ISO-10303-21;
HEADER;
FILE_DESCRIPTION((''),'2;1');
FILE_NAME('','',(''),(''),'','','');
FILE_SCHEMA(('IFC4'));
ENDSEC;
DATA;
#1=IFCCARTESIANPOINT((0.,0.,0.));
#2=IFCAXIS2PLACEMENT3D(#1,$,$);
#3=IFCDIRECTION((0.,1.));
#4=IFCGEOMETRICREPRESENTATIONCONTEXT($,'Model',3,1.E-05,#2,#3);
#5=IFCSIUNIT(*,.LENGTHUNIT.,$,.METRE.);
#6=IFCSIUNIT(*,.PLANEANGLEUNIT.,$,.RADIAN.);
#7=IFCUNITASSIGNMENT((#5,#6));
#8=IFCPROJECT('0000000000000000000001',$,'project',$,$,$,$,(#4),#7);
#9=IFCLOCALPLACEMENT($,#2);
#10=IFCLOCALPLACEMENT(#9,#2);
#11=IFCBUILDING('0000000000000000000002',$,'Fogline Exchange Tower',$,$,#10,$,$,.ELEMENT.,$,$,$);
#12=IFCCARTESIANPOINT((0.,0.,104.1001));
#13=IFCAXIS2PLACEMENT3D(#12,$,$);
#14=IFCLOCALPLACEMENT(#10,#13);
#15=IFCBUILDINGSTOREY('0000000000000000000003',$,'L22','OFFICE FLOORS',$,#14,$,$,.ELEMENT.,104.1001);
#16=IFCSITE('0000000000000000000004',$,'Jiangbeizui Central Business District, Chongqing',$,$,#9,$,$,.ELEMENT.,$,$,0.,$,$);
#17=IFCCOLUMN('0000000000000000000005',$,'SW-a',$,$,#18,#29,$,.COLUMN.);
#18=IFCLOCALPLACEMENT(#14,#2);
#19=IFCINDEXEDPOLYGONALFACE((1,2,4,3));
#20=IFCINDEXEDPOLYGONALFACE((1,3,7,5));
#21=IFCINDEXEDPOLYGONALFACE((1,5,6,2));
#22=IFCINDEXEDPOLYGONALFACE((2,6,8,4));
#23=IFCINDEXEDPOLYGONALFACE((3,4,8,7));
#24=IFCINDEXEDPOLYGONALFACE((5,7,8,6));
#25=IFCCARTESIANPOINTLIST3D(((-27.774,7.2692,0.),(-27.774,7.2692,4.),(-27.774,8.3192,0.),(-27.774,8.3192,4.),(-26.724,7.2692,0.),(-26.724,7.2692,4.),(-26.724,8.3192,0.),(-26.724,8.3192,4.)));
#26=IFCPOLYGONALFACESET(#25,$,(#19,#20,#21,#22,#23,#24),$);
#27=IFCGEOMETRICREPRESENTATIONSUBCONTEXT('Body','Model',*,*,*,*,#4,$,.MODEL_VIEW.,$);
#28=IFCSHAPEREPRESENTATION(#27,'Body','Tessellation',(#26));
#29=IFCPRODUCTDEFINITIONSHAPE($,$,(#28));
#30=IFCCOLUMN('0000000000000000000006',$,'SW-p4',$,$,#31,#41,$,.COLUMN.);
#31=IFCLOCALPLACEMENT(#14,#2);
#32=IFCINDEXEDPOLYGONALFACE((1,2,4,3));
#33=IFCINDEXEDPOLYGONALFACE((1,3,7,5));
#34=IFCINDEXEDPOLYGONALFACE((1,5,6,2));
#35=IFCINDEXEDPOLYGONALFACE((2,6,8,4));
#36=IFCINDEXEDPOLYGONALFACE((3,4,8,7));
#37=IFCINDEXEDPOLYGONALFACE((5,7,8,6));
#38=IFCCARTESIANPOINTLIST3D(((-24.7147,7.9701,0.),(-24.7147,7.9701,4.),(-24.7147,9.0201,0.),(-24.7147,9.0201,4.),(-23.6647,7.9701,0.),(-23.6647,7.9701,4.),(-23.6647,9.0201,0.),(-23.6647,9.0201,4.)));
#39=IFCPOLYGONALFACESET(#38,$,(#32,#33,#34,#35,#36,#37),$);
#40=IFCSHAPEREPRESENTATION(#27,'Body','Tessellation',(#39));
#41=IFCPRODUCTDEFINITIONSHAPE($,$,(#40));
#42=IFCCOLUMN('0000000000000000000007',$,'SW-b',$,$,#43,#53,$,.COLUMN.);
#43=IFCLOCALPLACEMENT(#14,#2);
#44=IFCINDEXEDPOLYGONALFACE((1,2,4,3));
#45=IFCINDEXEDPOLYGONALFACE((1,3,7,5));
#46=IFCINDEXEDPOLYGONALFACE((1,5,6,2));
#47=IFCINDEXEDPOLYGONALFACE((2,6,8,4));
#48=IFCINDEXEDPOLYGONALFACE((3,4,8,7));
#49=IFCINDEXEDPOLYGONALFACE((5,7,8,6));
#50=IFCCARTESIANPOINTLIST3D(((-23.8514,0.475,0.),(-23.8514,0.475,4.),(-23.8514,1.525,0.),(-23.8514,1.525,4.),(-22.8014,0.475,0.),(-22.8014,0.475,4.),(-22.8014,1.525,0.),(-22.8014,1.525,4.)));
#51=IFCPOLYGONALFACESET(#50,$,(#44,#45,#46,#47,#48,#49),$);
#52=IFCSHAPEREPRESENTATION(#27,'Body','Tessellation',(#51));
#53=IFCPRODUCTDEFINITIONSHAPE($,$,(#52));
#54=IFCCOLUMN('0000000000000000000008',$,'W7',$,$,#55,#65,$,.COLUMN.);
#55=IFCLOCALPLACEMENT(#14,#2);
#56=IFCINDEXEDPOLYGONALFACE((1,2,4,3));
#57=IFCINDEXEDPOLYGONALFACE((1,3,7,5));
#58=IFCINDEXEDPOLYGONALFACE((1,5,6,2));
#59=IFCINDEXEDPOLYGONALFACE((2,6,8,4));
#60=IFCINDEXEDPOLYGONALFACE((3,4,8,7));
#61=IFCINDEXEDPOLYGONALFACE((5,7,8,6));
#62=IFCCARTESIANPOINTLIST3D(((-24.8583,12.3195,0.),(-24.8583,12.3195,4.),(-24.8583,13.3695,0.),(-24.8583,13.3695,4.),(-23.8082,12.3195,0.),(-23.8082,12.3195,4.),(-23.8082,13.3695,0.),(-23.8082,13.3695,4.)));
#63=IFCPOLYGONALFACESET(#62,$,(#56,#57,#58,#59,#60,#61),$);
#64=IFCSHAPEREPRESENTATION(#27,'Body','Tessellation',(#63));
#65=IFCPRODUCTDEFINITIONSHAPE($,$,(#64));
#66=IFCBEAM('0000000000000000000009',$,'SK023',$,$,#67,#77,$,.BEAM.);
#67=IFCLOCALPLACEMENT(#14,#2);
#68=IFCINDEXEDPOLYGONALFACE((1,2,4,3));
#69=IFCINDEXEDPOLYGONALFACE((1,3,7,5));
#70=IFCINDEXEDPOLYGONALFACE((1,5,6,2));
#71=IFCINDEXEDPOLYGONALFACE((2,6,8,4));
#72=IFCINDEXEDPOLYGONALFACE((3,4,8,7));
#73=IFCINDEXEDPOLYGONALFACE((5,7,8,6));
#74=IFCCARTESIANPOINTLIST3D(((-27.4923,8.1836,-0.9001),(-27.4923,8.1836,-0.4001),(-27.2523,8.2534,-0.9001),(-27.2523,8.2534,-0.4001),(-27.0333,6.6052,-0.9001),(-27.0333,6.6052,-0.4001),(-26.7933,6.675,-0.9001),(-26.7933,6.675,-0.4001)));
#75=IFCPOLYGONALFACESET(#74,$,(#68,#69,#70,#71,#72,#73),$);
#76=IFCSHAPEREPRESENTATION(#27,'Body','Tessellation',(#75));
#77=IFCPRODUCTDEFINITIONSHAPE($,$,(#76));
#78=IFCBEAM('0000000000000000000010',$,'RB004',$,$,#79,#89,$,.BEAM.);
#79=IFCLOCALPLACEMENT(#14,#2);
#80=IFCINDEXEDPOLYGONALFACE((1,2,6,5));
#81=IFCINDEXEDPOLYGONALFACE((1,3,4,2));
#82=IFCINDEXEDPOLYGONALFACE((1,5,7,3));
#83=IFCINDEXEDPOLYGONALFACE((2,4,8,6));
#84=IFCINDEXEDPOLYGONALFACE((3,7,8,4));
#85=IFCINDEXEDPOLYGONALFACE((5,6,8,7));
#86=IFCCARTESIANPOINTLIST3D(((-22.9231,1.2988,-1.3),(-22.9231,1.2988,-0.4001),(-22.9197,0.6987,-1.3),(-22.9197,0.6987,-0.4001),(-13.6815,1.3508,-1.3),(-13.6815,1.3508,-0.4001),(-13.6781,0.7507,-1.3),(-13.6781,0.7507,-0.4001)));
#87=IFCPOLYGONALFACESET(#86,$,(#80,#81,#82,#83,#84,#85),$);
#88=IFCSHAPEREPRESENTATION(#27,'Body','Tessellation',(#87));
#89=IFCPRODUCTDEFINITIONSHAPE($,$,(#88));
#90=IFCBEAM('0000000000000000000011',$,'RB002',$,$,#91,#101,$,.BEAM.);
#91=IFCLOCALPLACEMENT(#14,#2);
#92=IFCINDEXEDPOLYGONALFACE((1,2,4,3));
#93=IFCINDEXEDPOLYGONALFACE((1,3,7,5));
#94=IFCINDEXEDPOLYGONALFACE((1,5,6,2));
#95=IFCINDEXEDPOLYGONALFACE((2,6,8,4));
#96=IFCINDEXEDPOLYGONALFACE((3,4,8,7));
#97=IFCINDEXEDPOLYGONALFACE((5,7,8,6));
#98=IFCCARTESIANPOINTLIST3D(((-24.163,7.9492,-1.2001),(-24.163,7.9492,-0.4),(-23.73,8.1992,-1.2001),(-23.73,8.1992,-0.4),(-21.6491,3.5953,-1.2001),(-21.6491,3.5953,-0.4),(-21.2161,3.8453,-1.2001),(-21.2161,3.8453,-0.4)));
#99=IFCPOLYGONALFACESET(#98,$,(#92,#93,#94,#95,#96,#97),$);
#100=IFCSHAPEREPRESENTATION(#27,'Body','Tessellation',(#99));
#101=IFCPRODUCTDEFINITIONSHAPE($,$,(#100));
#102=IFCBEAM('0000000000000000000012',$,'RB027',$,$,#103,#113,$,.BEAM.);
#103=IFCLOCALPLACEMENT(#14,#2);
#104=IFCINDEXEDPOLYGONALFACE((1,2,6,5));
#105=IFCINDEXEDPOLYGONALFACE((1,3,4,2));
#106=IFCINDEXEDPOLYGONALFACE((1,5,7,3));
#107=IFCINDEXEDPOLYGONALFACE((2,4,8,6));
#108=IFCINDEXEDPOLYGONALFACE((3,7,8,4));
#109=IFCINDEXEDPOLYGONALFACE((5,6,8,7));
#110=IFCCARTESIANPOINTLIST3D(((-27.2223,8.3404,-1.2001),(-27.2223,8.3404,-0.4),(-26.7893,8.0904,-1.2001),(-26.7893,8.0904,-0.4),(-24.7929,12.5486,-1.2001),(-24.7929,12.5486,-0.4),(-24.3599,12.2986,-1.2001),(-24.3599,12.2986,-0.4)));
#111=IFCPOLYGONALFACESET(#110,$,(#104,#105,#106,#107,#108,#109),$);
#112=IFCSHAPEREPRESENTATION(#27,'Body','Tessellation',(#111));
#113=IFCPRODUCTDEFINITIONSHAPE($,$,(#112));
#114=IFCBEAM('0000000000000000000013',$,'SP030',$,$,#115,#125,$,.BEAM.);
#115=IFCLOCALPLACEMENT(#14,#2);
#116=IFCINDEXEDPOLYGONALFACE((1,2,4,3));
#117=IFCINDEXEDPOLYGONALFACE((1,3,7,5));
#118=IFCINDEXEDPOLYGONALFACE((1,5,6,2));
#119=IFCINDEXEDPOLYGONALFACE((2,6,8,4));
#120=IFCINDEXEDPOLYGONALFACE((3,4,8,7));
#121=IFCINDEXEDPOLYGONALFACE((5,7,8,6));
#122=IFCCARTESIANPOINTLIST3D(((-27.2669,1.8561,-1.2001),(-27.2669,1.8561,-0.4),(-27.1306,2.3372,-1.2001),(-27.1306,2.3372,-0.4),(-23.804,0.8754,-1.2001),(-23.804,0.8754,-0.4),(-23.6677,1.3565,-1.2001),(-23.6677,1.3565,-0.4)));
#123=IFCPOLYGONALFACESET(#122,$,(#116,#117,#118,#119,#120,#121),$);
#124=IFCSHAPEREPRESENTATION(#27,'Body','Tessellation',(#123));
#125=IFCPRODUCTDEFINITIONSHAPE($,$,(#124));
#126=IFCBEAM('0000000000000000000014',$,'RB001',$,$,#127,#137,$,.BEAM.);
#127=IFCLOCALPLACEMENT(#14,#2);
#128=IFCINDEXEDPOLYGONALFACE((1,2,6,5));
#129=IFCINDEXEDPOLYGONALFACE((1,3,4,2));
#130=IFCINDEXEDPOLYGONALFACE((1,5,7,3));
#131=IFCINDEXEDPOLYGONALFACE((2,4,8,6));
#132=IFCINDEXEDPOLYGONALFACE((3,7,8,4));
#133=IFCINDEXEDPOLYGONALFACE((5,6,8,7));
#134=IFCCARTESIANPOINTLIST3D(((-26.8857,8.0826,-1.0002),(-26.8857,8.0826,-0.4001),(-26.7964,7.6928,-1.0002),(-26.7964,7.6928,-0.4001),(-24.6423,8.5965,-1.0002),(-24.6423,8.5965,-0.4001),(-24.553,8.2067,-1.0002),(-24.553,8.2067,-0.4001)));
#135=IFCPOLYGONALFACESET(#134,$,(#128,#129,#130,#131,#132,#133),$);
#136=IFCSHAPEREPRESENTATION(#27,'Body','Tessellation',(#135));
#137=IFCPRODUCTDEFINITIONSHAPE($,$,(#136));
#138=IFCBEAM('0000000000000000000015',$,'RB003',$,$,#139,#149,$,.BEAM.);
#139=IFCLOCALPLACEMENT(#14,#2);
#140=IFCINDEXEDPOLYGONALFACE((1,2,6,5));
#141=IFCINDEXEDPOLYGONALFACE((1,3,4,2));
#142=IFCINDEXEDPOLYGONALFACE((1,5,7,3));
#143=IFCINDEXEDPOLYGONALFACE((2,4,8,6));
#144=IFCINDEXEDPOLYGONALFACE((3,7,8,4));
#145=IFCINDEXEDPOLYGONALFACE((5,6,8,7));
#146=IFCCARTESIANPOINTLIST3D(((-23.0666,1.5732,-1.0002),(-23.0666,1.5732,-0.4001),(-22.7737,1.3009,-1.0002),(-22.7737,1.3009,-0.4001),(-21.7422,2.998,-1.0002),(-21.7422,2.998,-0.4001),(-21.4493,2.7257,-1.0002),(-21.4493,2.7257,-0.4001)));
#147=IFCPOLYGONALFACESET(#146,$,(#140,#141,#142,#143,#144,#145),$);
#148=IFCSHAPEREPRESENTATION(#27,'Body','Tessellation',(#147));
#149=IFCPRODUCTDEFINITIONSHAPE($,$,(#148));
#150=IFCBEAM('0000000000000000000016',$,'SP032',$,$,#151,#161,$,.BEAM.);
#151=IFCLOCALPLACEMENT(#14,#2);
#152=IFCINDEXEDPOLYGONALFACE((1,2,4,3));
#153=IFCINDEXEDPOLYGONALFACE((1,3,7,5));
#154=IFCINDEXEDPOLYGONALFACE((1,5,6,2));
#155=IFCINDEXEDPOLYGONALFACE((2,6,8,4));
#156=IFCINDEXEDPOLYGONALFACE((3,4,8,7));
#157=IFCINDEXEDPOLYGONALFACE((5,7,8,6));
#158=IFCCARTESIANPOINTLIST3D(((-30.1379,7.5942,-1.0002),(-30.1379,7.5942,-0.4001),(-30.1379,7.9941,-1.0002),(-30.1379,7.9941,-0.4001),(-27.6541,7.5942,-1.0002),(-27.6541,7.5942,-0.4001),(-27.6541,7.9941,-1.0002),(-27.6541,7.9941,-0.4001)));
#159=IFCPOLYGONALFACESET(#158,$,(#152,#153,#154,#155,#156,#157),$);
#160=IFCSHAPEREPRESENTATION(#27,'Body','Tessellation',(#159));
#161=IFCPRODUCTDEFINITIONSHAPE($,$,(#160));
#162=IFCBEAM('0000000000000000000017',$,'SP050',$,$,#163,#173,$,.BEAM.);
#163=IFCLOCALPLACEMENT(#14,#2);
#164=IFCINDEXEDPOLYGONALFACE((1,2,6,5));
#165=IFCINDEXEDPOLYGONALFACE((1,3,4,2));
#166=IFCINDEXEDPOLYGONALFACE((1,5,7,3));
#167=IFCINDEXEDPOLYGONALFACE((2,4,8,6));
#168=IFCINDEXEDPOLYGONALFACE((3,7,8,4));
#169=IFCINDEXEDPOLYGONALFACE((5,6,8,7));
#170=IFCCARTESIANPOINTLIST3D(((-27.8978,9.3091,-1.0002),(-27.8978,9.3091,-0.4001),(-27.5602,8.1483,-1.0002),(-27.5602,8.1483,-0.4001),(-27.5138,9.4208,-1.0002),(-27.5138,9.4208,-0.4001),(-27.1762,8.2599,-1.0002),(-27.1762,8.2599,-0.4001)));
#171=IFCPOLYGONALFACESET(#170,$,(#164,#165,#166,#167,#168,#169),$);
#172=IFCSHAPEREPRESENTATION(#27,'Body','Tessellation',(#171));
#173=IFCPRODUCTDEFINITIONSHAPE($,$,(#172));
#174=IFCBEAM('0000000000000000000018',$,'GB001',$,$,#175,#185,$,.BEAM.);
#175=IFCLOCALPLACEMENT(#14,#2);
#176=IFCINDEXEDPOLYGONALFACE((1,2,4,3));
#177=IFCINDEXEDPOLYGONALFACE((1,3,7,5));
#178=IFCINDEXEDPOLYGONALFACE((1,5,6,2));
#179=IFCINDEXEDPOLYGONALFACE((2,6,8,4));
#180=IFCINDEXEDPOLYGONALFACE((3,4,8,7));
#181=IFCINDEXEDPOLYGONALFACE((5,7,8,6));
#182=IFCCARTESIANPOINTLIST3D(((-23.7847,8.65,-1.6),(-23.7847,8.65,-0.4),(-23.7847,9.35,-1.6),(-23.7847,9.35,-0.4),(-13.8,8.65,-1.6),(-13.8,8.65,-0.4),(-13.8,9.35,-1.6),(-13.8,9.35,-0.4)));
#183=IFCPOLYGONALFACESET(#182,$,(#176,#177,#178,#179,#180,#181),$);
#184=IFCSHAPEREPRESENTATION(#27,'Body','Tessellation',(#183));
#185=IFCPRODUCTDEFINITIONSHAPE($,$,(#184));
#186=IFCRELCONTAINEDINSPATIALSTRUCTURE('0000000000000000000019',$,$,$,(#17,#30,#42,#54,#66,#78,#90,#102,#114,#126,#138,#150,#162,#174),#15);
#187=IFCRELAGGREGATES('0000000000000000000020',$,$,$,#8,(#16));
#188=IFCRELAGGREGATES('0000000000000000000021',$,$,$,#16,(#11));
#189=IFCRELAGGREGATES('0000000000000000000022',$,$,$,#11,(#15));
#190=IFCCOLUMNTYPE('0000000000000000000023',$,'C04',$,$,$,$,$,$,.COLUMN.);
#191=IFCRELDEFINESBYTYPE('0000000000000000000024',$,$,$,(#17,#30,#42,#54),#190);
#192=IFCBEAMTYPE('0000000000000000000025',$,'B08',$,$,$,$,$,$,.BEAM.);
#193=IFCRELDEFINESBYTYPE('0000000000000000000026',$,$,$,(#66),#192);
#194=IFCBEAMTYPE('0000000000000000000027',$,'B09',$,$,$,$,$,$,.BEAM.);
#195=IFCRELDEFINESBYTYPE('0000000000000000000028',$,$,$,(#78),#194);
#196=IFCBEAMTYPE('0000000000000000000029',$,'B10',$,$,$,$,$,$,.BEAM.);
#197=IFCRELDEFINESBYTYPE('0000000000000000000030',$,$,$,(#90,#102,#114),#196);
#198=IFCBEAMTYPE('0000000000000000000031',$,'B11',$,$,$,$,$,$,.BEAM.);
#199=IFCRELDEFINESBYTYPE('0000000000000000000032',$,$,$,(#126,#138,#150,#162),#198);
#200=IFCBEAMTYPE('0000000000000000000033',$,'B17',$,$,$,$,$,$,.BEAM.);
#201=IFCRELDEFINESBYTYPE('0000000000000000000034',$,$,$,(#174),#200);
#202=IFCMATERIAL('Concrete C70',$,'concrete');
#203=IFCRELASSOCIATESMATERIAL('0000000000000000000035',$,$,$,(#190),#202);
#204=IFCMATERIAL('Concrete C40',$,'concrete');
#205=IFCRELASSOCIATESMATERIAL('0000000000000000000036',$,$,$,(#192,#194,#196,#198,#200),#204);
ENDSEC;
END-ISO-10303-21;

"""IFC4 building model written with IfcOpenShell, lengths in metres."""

from ifc_helpers import new_model, si_unit, direction, frame, origin, origin_2d, place, context, subcontext, project, spatial, rectangle, extrude, material, material_profile, profile_set, type_object, element, save


model = new_model("IFC4")

# Units and contexts
model_context = context("Model", 3, precision=1e-05, world=origin(), true_north=direction((0.0, 1.0)))
body_context = subcontext(model_context, "Body", "Model", "MODEL_VIEW")
ifc_project = project(units=[si_unit("LENGTHUNIT", "METRE"), si_unit("PLANEANGLEUNIT", "RADIAN")], contexts=[model_context])

# Site, building, storey
site_placement = place(None, origin())
site = spatial("IfcSite", under=ifc_project, at=site_placement, Name="Jiangbeizui Central Business District, Chongqing", CompositionType="ELEMENT", RefElevation=0.0)
building_placement = place(site_placement, origin())
building = spatial("IfcBuilding", under=site, at=building_placement, Name="Fogline Exchange Tower", CompositionType="ELEMENT")
storey_placement = place(building_placement, frame((0.0, 0.0, 104.1001)))
storey = spatial("IfcBuildingStorey", under=building, at=storey_placement, Name="L22", Description="OFFICE FLOORS", CompositionType="ELEMENT", Elevation=104.1001)

# Columns
ifc_material_1 = material(Name="Concrete C70", Category="concrete")
ifc_material_profile_1 = material_profile(ifc_material_1, rectangle(XDim=1.05, YDim=1.05, at=origin_2d()), Name="RC 1050x1050")
ifc_profile_set_1 = profile_set([ifc_material_profile_1], Name="Concrete C70")
column_type = type_object("IfcColumnType", Name="C04", PredefinedType="COLUMN", material=ifc_profile_set_1)
for number, where, z_axis, x_axis, name in (
    (1, (-27.249, 7.7942, 0.0), (0.0, 0.0, 1.0), (1.0, 0.0, 0.0), "SW-a"),
    (2, (-24.1897, 8.4951, 0.0), (0.0, 0.0, 1.0), (1.0, 0.0, 0.0), "SW-p4"),
    (3, (-23.3264, 1.0, 0.0), (0.0, 0.0, 1.0), (1.0, 0.0, 0.0), "SW-b"),
    (4, (-24.3333, 12.8445, 0.0), (0.0, 0.0, 1.0), (1.0, 0.0, 0.0), "W7"),
):
    element("IfcColumn", number, at=place(storey_placement, frame(where, z_axis=z_axis, x_axis=x_axis)), inside=storey, type_object=column_type, Name=name, PredefinedType="COLUMN", context=body_context, shape_type="SweptSolid", body=[
        extrude(rectangle(XDim=1.05, YDim=1.05, at=origin_2d()), origin(), (0.0, 0.0, 1.0), 4.0),
    ])

# Beams
ifc_material_2 = material(Name="Concrete C40", Category="concrete")
ifc_material_profile_2 = material_profile(ifc_material_2, rectangle(XDim=0.25, YDim=0.5, at=origin_2d()), Name="RC 250x500")
ifc_profile_set_2 = profile_set([ifc_material_profile_2], Name="Concrete C40")
beam_type_1 = type_object("IfcBeamType", Name="B08", PredefinedType="BEAM", material=ifc_profile_set_2)
beam_1_placement = place(storey_placement, frame((-27.3723, 8.2185, -0.6501), z_axis=(0.27923, -0.960224, 0.0), x_axis=(0.960224, 0.27923, 0.0)))
element("IfcBeam", 5, at=beam_1_placement, inside=storey, type_object=beam_type_1, Name="SK023", PredefinedType="BEAM", context=body_context, shape_type="SweptSolid", body=[
    extrude(rectangle(XDim=0.25, YDim=0.5, at=origin_2d()), origin(), (0.0, 0.0, 1.0), 1.6438),
])
ifc_material_profile_3 = material_profile(ifc_material_2, rectangle(XDim=0.6001, YDim=0.8999, at=origin_2d()), Name="RC 600x900")
ifc_profile_set_3 = profile_set([ifc_material_profile_3], Name="Concrete C40")
beam_type_2 = type_object("IfcBeamType", Name="B09", PredefinedType="BEAM", material=ifc_profile_set_3)
beam_2_placement = place(storey_placement, frame((-22.9214, 0.9988, -0.8501), z_axis=(0.999984, 0.005627, 0.0), x_axis=(-0.005627, 0.999984, 0.0)))
element("IfcBeam", 6, at=beam_2_placement, inside=storey, type_object=beam_type_2, Name="RB004", PredefinedType="BEAM", context=body_context, shape_type="SweptSolid", body=[
    extrude(rectangle(XDim=0.6001, YDim=0.8999, at=origin_2d()), origin(), (0.0, 0.0, 1.0), 9.2417),
])
ifc_material_profile_4 = material_profile(ifc_material_2, rectangle(XDim=0.5, YDim=0.8, at=origin_2d()), Name="RC 500x800")
ifc_profile_set_4 = profile_set([ifc_material_profile_4], Name="Concrete C40")
beam_type_3 = type_object("IfcBeamType", Name="B10", PredefinedType="BEAM", material=ifc_profile_set_4)
beam_3_placement = place(storey_placement, frame((-23.9465, 8.0742, -0.8), z_axis=(0.500019, -0.866014, 0.0), x_axis=(0.866014, 0.500019, 0.0)))
element("IfcBeam", 7, at=beam_3_placement, inside=storey, type_object=beam_type_3, Name="RB002", PredefinedType="BEAM", context=body_context, shape_type="SweptSolid", body=[
    extrude(rectangle(XDim=0.5, YDim=0.8, at=origin_2d()), origin(), (0.0, 0.0, 1.0), 5.0276),
])
beam_4_placement = place(storey_placement, frame((-24.5764, 12.4236, -0.8), z_axis=(-0.49997, -0.866043, 0.0), x_axis=(0.866043, -0.49997, 0.0)))
element("IfcBeam", 8, at=beam_4_placement, inside=storey, type_object=beam_type_3, Name="RB027", PredefinedType="BEAM", context=body_context, shape_type="SweptSolid", body=[
    extrude(rectangle(XDim=0.5, YDim=0.8, at=origin_2d()), origin(), (0.0, 0.0, 1.0), 4.8591),
])
beam_5_placement = place(storey_placement, frame((-23.7358, 1.116, -0.8), z_axis=(-0.962159, 0.27249, 0.0), x_axis=(-0.27249, -0.962159, 0.0)))
element("IfcBeam", 9, at=beam_5_placement, inside=storey, type_object=beam_type_3, Name="SP030", PredefinedType="BEAM", context=body_context, shape_type="SweptSolid", body=[
    extrude(rectangle(XDim=0.5, YDim=0.8, at=origin_2d()), origin(), (0.0, 0.0, 1.0), 3.5991),
])
ifc_material_profile_5 = material_profile(ifc_material_2, rectangle(XDim=0.3999, YDim=0.6001, at=origin_2d()), Name="RC 400x600")
ifc_profile_set_5 = profile_set([ifc_material_profile_5], Name="Concrete C40")
beam_type_4 = type_object("IfcBeamType", Name="B11", PredefinedType="BEAM", material=ifc_profile_set_5)
beam_6_placement = place(storey_placement, frame((-26.8411, 7.8877, -0.7002), z_axis=(0.974751, 0.223294, 0.0), x_axis=(-0.223294, 0.974751, 0.0)))
element("IfcBeam", 10, at=beam_6_placement, inside=storey, type_object=beam_type_4, Name="RB001", PredefinedType="BEAM", context=body_context, shape_type="SweptSolid", body=[
    extrude(rectangle(XDim=0.3999, YDim=0.6001, at=origin_2d()), origin(), (0.0, 0.0, 1.0), 2.3015),
])
beam_7_placement = place(storey_placement, frame((-21.5957, 2.8618, -0.7002), z_axis=(-0.680846, -0.732427, 0.0), x_axis=(0.732427, -0.680846, 0.0)))
element("IfcBeam", 11, at=beam_7_placement, inside=storey, type_object=beam_type_4, Name="RB003", PredefinedType="BEAM", context=body_context, shape_type="SweptSolid", body=[
    extrude(rectangle(XDim=0.3999, YDim=0.6001, at=origin_2d()), origin(), (0.0, 0.0, 1.0), 1.9453),
])
beam_8_placement = place(storey_placement, frame((-27.6541, 7.7942, -0.7002), z_axis=(-1.0, 0.0, 0.0), x_axis=(0.0, -1.0, 0.0)))
element("IfcBeam", 12, at=beam_8_placement, inside=storey, type_object=beam_type_4, Name="SP032", PredefinedType="BEAM", context=body_context, shape_type="SweptSolid", body=[
    extrude(rectangle(XDim=0.3999, YDim=0.6001, at=origin_2d()), origin(), (0.0, 0.0, 1.0), 2.4839),
])
beam_9_placement = place(storey_placement, frame((-27.3682, 8.2041, -0.7002), z_axis=(-0.279279, 0.96021, 0.0), x_axis=(-0.96021, -0.279279, 0.0)))
element("IfcBeam", 13, at=beam_9_placement, inside=storey, type_object=beam_type_4, Name="SP050", PredefinedType="BEAM", context=body_context, shape_type="SweptSolid", body=[
    extrude(rectangle(XDim=0.3999, YDim=0.6001, at=origin_2d()), origin(), (0.0, 0.0, 1.0), 1.209),
])
ifc_material_profile_6 = material_profile(ifc_material_2, rectangle(XDim=0.7, YDim=1.2, at=origin_2d()), Name="RC 700x1200")
ifc_profile_set_6 = profile_set([ifc_material_profile_6], Name="Concrete C40")
beam_type_5 = type_object("IfcBeamType", Name="B17", PredefinedType="BEAM", material=ifc_profile_set_6)
beam_10_placement = place(storey_placement, frame((-23.7847, 9.0, -1.0), z_axis=(1.0, 0.0, 0.0), x_axis=(0.0, 1.0, 0.0)))
element("IfcBeam", 14, at=beam_10_placement, inside=storey, type_object=beam_type_5, Name="GB001", PredefinedType="BEAM", context=body_context, shape_type="SweptSolid", body=[
    extrude(rectangle(XDim=0.7, YDim=1.2, at=origin_2d()), origin(), (0.0, 0.0, 1.0), 9.9846),
])

save(model, "model.ifc")
